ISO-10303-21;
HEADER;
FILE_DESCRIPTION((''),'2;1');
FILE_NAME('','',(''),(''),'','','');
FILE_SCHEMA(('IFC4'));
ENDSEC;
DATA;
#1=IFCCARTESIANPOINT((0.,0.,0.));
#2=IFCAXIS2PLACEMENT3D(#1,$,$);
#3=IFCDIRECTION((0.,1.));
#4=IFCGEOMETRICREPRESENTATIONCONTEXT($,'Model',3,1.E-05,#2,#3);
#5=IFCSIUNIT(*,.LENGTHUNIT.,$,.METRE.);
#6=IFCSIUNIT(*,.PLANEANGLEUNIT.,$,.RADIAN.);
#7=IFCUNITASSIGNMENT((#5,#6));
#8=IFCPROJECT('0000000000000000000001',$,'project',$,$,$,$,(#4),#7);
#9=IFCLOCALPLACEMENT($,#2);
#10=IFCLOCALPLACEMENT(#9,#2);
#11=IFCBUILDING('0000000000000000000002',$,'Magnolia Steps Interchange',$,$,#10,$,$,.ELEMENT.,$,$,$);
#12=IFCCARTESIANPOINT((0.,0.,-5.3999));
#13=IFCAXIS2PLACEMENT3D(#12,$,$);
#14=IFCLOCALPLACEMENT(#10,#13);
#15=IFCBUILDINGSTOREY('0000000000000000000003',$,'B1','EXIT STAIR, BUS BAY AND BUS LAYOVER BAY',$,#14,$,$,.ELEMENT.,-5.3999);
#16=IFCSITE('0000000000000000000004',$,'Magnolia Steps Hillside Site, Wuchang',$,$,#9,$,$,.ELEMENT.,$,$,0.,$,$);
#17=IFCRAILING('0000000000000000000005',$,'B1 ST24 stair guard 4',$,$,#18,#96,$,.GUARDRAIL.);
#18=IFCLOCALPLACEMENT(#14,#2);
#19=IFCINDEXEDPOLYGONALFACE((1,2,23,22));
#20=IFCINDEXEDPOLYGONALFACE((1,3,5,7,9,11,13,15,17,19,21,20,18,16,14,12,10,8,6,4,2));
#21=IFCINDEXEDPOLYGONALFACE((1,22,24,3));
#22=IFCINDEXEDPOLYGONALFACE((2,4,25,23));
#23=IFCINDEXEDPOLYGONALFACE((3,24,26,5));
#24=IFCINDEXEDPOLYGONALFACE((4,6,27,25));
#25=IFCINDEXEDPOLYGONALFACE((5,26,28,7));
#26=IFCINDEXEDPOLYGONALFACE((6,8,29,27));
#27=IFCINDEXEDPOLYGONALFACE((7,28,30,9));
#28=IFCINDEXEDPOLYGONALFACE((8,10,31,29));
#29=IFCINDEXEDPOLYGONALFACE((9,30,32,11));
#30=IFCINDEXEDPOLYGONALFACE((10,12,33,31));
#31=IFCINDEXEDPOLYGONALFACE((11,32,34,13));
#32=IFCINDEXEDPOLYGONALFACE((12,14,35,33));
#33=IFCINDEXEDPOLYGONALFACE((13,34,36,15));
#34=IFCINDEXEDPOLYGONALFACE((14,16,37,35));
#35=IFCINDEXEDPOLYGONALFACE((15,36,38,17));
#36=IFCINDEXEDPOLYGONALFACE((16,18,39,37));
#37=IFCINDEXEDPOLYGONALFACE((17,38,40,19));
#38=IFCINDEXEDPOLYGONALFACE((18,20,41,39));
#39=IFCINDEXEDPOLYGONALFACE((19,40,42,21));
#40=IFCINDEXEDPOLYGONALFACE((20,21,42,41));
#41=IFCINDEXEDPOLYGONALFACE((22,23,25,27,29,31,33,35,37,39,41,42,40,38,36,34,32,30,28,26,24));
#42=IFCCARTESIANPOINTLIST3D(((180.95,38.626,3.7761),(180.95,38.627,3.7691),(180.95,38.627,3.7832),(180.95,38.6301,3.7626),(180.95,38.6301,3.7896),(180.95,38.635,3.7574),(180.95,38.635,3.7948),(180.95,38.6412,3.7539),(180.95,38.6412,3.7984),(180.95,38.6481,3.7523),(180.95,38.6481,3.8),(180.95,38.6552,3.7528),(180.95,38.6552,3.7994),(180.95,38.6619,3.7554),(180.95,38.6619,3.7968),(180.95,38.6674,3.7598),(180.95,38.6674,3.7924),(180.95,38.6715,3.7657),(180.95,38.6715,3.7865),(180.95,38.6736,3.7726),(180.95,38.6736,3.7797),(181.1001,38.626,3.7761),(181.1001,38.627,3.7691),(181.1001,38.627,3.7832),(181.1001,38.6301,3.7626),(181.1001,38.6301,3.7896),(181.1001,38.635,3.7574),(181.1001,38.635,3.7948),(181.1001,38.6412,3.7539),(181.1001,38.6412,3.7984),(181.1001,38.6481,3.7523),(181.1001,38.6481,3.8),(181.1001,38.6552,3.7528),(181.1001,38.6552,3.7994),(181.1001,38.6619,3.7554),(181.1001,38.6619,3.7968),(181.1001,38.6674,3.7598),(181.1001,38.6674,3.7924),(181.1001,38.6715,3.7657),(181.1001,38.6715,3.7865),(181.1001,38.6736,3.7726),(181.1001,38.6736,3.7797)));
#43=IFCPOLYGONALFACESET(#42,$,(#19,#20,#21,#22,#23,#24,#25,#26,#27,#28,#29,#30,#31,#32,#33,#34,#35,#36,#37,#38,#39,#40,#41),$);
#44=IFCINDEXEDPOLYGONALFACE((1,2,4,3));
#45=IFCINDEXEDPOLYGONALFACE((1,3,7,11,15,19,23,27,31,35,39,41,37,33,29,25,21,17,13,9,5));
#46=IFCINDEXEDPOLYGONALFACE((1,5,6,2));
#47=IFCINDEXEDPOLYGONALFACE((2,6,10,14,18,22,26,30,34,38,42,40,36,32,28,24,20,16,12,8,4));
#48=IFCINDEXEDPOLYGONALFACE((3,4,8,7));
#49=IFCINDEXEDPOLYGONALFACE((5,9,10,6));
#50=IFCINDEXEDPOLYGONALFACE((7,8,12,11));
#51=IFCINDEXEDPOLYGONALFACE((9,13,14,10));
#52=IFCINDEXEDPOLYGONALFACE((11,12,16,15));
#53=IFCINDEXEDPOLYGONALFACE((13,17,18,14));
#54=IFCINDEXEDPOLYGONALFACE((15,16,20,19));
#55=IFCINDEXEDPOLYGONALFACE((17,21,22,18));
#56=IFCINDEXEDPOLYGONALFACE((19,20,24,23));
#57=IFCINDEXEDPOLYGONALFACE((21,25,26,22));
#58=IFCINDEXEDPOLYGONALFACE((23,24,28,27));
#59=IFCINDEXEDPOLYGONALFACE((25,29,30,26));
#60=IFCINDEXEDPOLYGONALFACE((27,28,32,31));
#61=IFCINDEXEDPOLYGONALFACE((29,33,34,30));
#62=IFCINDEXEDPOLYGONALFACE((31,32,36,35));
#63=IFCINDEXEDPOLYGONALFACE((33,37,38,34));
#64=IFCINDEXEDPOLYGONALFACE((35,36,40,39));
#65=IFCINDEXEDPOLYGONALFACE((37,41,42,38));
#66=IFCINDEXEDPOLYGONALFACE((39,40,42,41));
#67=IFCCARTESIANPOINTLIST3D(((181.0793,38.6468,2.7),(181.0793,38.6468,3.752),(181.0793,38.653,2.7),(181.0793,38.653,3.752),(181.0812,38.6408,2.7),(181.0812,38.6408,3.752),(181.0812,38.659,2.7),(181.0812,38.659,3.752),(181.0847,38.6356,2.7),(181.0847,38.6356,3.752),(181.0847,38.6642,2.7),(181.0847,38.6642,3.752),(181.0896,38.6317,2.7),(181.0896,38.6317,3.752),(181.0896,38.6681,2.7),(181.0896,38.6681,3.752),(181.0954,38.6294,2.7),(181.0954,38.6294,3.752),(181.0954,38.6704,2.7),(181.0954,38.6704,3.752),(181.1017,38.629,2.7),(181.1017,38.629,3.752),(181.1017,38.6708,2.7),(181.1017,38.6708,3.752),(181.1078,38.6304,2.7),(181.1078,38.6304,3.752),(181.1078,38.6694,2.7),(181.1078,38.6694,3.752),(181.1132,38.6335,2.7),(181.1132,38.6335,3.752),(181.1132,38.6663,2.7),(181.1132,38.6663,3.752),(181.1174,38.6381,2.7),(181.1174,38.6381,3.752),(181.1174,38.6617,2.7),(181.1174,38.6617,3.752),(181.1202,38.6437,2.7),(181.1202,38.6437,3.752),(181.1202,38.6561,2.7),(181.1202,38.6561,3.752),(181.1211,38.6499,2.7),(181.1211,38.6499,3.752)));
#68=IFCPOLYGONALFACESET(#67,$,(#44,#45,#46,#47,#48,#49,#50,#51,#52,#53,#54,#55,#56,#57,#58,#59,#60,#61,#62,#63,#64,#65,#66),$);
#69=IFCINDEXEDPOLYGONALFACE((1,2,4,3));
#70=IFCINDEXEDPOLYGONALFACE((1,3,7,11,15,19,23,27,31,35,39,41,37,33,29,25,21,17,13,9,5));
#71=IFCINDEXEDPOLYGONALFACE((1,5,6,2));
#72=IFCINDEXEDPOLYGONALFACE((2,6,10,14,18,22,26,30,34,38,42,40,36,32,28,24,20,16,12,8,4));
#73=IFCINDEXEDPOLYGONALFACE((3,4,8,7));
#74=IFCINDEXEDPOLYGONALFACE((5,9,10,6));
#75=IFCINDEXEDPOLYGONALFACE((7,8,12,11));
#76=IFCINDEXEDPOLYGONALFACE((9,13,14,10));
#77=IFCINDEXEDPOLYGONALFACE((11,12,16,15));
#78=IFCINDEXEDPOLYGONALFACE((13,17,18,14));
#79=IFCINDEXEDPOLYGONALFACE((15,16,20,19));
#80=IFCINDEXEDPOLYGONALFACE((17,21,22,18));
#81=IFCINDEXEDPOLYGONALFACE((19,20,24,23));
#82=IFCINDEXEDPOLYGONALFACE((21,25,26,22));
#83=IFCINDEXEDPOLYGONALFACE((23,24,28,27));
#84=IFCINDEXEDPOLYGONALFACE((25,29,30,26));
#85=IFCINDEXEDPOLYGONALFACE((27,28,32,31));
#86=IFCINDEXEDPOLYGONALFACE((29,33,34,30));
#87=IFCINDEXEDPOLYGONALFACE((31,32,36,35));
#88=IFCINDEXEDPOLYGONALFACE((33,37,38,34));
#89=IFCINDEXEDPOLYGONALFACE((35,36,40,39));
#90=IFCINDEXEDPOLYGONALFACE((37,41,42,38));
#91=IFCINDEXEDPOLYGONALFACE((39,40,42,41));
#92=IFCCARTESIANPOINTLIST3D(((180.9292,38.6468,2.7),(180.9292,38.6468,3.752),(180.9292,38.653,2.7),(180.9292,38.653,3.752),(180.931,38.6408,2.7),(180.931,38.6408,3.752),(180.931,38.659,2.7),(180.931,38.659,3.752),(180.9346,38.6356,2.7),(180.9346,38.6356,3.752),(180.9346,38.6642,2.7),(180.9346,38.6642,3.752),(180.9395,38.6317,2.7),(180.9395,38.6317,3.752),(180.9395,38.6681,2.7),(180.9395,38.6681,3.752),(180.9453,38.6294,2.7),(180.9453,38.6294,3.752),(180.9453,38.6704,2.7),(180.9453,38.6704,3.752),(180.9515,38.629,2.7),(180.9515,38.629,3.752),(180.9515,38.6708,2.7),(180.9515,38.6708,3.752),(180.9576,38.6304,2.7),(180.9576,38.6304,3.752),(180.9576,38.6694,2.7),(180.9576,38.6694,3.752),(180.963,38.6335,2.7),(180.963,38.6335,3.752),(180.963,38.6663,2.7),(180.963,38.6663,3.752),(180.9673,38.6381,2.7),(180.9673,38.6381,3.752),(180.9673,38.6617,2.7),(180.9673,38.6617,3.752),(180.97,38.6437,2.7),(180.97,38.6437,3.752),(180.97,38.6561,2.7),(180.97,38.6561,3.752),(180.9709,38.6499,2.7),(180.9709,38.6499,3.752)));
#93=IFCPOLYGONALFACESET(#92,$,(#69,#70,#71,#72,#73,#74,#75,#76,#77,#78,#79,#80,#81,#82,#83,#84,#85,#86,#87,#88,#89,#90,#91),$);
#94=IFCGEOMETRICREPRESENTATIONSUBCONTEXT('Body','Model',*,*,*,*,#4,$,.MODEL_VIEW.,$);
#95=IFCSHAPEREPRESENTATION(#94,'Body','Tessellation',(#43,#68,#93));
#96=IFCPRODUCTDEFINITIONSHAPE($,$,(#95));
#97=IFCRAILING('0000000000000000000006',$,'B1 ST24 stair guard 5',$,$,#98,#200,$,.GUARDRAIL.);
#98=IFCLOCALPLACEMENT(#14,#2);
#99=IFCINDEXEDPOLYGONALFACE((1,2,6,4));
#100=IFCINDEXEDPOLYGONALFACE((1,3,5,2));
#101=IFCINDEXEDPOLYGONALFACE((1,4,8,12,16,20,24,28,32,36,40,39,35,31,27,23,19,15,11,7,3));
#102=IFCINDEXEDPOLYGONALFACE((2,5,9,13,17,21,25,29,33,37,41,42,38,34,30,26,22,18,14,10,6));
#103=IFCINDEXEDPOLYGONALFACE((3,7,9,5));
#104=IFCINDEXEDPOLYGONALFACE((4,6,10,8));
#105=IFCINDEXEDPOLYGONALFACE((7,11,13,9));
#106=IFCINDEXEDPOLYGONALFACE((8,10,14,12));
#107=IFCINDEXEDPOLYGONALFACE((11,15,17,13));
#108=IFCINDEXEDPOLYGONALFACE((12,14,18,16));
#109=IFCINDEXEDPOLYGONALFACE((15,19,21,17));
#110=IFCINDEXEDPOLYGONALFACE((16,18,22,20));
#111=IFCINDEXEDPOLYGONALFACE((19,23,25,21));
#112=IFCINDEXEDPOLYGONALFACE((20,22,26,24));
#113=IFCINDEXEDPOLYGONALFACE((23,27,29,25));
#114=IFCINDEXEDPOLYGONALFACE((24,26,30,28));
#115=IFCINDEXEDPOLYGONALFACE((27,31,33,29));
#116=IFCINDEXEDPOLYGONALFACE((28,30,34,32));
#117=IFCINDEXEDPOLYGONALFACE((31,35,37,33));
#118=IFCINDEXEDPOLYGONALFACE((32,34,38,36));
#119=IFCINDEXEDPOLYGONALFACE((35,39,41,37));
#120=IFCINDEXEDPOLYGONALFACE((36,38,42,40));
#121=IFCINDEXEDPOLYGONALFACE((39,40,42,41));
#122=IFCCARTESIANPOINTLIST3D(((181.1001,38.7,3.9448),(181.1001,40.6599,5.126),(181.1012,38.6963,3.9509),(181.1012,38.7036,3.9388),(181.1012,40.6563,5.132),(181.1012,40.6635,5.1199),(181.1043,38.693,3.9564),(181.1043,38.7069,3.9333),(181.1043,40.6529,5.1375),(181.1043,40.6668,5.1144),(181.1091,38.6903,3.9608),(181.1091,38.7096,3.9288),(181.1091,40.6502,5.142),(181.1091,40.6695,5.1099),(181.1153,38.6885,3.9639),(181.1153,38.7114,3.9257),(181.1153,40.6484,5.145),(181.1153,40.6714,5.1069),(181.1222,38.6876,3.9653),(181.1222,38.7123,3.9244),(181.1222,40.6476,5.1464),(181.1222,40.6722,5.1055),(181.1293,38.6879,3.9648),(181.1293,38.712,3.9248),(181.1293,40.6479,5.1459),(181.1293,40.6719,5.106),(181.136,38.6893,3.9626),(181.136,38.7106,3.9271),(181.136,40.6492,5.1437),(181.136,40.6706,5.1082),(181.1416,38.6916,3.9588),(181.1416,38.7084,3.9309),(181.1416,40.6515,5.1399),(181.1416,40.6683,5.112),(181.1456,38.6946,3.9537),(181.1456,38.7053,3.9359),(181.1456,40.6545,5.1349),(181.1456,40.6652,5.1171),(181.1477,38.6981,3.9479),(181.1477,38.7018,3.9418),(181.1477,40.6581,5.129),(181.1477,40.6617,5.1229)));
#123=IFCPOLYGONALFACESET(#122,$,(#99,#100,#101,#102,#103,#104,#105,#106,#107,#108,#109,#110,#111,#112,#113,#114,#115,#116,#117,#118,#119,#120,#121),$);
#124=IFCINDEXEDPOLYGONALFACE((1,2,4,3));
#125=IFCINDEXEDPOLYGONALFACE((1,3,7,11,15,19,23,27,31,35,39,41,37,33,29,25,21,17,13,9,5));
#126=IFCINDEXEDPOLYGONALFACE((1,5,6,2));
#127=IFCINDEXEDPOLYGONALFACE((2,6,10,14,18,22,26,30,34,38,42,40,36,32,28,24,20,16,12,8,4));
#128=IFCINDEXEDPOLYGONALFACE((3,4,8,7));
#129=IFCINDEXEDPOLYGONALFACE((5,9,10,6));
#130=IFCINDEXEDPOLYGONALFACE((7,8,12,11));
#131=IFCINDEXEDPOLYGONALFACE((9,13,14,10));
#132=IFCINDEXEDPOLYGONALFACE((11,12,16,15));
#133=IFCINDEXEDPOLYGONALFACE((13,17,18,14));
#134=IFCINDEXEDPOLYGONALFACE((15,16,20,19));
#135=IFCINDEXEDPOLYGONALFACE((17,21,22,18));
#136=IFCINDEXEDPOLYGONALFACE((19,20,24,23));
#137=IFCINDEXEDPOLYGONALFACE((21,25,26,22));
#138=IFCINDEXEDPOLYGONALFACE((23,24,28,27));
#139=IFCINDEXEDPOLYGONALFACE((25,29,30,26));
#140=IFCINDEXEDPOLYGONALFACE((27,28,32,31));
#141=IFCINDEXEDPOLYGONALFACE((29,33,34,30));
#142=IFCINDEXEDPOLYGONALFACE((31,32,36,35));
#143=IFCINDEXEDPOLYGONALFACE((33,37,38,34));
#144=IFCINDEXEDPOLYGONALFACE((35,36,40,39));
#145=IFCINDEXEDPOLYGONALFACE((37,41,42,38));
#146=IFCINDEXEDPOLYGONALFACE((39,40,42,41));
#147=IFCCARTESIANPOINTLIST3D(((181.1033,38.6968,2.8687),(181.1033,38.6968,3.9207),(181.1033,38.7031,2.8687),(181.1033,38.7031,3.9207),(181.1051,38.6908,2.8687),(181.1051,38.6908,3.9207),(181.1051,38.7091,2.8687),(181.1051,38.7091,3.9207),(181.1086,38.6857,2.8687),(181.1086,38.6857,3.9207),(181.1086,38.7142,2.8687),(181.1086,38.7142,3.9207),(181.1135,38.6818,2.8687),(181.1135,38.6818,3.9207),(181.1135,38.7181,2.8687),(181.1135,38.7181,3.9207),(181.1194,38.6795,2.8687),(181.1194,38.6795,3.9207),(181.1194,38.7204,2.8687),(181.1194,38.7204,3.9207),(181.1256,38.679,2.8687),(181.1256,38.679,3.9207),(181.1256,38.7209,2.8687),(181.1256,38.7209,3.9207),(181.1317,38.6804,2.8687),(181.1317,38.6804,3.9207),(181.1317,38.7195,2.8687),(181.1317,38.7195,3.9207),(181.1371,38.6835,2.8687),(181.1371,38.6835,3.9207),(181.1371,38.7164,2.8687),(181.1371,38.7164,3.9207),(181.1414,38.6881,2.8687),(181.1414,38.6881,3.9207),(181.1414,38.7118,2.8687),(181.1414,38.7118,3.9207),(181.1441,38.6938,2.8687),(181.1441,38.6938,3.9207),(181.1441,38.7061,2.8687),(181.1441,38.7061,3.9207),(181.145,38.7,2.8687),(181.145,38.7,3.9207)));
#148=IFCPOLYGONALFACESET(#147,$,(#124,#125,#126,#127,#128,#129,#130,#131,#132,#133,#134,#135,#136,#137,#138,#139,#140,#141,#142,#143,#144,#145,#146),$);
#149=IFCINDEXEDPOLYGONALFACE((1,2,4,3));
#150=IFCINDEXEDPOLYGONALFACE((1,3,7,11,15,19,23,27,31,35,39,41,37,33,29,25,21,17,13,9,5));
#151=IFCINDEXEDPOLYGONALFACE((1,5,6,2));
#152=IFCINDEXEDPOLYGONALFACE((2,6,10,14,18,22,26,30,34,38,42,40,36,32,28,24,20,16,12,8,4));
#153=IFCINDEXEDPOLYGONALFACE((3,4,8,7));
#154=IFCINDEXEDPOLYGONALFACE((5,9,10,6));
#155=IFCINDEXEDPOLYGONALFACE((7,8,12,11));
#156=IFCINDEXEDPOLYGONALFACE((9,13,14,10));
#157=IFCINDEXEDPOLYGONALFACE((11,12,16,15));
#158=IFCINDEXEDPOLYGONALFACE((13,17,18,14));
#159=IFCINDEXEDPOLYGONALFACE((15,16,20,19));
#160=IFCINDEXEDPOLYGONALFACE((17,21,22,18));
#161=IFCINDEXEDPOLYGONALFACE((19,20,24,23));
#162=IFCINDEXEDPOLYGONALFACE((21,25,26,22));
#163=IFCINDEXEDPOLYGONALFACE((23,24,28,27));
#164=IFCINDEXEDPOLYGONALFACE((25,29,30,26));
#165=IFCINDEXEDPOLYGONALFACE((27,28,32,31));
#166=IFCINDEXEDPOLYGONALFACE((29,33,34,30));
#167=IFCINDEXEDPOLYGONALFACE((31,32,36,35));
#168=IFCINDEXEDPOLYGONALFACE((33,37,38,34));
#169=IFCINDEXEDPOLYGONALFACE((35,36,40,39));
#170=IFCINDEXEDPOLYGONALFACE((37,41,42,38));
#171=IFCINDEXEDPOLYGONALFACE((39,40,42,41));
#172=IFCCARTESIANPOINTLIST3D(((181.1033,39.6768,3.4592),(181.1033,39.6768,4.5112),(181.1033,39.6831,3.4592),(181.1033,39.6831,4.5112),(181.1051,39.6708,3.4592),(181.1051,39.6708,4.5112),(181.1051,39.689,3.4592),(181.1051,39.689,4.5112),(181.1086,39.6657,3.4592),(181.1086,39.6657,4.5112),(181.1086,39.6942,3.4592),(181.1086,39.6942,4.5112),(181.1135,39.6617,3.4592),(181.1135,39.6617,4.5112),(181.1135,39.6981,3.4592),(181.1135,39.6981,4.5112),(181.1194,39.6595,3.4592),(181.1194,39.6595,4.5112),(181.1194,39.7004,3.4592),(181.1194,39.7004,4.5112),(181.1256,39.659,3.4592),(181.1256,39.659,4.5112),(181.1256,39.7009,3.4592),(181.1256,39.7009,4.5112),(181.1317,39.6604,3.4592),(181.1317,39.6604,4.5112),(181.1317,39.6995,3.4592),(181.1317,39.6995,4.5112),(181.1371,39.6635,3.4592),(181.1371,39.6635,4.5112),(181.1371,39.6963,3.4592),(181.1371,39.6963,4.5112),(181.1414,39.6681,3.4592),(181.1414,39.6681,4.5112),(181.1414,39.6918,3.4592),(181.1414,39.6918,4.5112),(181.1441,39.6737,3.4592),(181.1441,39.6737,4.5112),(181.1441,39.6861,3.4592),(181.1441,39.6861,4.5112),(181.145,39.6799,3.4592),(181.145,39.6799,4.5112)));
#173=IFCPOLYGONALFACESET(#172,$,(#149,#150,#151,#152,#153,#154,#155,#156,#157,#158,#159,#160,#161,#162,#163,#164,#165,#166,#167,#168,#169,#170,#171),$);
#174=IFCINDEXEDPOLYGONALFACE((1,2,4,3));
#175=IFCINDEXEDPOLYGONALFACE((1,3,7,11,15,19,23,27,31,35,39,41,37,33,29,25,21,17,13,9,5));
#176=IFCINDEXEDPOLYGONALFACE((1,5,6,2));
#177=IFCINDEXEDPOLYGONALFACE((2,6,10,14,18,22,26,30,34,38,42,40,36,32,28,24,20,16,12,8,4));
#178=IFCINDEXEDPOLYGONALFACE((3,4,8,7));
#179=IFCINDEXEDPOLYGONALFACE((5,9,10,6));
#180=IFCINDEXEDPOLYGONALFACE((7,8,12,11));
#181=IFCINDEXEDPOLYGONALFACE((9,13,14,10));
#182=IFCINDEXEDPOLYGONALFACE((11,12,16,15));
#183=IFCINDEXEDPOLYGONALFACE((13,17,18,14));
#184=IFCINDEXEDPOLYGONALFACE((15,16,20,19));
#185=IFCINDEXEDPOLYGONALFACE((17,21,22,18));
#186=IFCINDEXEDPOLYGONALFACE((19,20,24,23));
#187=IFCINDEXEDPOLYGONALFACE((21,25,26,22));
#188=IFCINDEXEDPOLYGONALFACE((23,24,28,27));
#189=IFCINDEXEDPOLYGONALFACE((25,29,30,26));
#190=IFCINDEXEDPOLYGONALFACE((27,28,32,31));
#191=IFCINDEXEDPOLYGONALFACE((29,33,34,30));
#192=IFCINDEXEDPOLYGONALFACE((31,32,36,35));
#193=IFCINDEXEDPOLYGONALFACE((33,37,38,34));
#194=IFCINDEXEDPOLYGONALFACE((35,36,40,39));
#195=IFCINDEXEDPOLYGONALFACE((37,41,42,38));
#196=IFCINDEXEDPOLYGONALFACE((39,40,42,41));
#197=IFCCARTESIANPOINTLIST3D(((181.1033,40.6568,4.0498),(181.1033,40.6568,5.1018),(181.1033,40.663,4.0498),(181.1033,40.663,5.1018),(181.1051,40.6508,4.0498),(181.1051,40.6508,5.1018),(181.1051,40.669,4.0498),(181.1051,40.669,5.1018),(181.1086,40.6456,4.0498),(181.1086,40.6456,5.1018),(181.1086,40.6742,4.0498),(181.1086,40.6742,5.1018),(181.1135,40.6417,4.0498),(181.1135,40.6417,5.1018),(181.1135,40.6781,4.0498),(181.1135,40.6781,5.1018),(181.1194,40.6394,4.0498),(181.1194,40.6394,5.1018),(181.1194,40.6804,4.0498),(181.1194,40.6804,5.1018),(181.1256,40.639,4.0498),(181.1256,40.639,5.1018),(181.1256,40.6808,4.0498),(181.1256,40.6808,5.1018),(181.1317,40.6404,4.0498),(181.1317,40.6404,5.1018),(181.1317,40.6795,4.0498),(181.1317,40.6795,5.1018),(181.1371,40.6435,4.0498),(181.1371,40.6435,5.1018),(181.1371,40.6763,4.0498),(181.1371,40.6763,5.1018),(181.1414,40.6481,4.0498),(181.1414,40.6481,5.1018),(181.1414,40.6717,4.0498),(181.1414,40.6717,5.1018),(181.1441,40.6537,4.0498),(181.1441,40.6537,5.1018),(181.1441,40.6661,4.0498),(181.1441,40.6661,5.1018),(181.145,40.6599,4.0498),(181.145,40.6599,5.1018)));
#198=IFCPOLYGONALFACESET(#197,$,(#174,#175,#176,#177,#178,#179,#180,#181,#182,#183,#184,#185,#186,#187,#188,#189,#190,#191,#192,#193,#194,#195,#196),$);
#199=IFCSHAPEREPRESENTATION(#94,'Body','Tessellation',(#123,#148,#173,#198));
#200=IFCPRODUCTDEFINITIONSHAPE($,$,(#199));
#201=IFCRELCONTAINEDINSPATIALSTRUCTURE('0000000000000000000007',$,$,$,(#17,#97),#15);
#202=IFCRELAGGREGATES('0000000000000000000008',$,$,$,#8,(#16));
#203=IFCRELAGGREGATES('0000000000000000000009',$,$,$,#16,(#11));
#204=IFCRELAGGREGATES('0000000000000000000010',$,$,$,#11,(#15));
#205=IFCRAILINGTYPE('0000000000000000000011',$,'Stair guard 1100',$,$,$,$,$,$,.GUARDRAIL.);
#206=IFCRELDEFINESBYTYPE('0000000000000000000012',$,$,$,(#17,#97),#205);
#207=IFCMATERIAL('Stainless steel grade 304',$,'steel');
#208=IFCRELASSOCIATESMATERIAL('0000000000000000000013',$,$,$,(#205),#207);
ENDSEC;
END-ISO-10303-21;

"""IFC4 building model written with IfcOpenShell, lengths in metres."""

from ifc_helpers import new_model, si_unit, direction, frame, origin, origin_2d, place, context, subcontext, project, spatial, circle, extrude, material, type_object, element, save


model = new_model("IFC4")

# Units and contexts
model_context = context("Model", 3, precision=1e-05, world=origin(), true_north=direction((0.0, 1.0)))
body_context = subcontext(model_context, "Body", "Model", "MODEL_VIEW")
ifc_project = project(units=[si_unit("LENGTHUNIT", "METRE"), si_unit("PLANEANGLEUNIT", "RADIAN")], contexts=[model_context])

# Site, building, storey
site_placement = place(None, origin())
site = spatial("IfcSite", under=ifc_project, at=site_placement, Name="Magnolia Steps Hillside Site, Wuchang", CompositionType="ELEMENT", RefElevation=0.0)
building_placement = place(site_placement, origin())
building = spatial("IfcBuilding", under=site, at=building_placement, Name="Magnolia Steps Interchange", CompositionType="ELEMENT")
storey_placement = place(building_placement, frame((0.0, 0.0, -5.3999)))
storey = spatial("IfcBuildingStorey", under=building, at=storey_placement, Name="B1", Description="EXIT STAIR, BUS BAY AND BUS LAYOVER BAY", CompositionType="ELEMENT", Elevation=-5.3999)

# Railings
ifc_material_1 = material(Name="Stainless steel grade 304", Category="steel")
railing_type_1 = type_object("IfcRailingType", Name="Stair guard 1100", PredefinedType="GUARDRAIL", material=ifc_material_1)
railing_1_placement = place(storey_placement, frame((181.1001, 38.6499, 2.7)))
element("IfcRailing", 1, at=railing_1_placement, inside=storey, type_object=railing_type_1, Name="B1 ST24 stair guard 4", PredefinedType="GUARDRAIL", context=body_context, shape_type="SweptSolid", body=[
    extrude(circle(Radius=0.0239, at=origin_2d()), frame((0.0, 0.0, 1.0762), z_axis=(-1.0, 0.0, 0.0), x_axis=(0.0, -1.0, 0.0)), (0.0, 0.0, 1.0), 0.1501),
    extrude(circle(Radius=0.021, at=origin_2d()), origin(), (0.0, 0.0, 1.0), 1.052),
    extrude(circle(Radius=0.021, at=origin_2d()), frame((-0.1501, 0.0, 0.0)), (0.0, 0.0, 1.0), 1.052),
])
railing_2_placement = place(storey_placement, frame((181.124, 38.7, 2.8687)))
element("IfcRailing", 2, at=railing_2_placement, inside=storey, type_object=railing_type_1, Name="B1 ST24 stair guard 5", PredefinedType="GUARDRAIL", context=body_context, shape_type="SweptSolid", body=[
    extrude(circle(Radius=0.0239, at=origin_2d()), frame((0.0, 0.0, 1.0762), z_axis=(0.0, 0.856493, 0.516158), x_axis=(-1.0, 0.0, 0.0)), (0.0, 0.0, 1.0), 2.2883),
    extrude(circle(Radius=0.021, at=origin_2d()), origin(), (0.0, 0.0, 1.0), 1.052),
    extrude(circle(Radius=0.021, at=origin_2d()), frame((0.0, 0.98, 0.5906)), (0.0, 0.0, 1.0), 1.052),
    extrude(circle(Radius=0.021, at=origin_2d()), frame((0.0, 1.96, 1.1812)), (0.0, 0.0, 1.0), 1.052),
])

save(model, "model.ifc")
